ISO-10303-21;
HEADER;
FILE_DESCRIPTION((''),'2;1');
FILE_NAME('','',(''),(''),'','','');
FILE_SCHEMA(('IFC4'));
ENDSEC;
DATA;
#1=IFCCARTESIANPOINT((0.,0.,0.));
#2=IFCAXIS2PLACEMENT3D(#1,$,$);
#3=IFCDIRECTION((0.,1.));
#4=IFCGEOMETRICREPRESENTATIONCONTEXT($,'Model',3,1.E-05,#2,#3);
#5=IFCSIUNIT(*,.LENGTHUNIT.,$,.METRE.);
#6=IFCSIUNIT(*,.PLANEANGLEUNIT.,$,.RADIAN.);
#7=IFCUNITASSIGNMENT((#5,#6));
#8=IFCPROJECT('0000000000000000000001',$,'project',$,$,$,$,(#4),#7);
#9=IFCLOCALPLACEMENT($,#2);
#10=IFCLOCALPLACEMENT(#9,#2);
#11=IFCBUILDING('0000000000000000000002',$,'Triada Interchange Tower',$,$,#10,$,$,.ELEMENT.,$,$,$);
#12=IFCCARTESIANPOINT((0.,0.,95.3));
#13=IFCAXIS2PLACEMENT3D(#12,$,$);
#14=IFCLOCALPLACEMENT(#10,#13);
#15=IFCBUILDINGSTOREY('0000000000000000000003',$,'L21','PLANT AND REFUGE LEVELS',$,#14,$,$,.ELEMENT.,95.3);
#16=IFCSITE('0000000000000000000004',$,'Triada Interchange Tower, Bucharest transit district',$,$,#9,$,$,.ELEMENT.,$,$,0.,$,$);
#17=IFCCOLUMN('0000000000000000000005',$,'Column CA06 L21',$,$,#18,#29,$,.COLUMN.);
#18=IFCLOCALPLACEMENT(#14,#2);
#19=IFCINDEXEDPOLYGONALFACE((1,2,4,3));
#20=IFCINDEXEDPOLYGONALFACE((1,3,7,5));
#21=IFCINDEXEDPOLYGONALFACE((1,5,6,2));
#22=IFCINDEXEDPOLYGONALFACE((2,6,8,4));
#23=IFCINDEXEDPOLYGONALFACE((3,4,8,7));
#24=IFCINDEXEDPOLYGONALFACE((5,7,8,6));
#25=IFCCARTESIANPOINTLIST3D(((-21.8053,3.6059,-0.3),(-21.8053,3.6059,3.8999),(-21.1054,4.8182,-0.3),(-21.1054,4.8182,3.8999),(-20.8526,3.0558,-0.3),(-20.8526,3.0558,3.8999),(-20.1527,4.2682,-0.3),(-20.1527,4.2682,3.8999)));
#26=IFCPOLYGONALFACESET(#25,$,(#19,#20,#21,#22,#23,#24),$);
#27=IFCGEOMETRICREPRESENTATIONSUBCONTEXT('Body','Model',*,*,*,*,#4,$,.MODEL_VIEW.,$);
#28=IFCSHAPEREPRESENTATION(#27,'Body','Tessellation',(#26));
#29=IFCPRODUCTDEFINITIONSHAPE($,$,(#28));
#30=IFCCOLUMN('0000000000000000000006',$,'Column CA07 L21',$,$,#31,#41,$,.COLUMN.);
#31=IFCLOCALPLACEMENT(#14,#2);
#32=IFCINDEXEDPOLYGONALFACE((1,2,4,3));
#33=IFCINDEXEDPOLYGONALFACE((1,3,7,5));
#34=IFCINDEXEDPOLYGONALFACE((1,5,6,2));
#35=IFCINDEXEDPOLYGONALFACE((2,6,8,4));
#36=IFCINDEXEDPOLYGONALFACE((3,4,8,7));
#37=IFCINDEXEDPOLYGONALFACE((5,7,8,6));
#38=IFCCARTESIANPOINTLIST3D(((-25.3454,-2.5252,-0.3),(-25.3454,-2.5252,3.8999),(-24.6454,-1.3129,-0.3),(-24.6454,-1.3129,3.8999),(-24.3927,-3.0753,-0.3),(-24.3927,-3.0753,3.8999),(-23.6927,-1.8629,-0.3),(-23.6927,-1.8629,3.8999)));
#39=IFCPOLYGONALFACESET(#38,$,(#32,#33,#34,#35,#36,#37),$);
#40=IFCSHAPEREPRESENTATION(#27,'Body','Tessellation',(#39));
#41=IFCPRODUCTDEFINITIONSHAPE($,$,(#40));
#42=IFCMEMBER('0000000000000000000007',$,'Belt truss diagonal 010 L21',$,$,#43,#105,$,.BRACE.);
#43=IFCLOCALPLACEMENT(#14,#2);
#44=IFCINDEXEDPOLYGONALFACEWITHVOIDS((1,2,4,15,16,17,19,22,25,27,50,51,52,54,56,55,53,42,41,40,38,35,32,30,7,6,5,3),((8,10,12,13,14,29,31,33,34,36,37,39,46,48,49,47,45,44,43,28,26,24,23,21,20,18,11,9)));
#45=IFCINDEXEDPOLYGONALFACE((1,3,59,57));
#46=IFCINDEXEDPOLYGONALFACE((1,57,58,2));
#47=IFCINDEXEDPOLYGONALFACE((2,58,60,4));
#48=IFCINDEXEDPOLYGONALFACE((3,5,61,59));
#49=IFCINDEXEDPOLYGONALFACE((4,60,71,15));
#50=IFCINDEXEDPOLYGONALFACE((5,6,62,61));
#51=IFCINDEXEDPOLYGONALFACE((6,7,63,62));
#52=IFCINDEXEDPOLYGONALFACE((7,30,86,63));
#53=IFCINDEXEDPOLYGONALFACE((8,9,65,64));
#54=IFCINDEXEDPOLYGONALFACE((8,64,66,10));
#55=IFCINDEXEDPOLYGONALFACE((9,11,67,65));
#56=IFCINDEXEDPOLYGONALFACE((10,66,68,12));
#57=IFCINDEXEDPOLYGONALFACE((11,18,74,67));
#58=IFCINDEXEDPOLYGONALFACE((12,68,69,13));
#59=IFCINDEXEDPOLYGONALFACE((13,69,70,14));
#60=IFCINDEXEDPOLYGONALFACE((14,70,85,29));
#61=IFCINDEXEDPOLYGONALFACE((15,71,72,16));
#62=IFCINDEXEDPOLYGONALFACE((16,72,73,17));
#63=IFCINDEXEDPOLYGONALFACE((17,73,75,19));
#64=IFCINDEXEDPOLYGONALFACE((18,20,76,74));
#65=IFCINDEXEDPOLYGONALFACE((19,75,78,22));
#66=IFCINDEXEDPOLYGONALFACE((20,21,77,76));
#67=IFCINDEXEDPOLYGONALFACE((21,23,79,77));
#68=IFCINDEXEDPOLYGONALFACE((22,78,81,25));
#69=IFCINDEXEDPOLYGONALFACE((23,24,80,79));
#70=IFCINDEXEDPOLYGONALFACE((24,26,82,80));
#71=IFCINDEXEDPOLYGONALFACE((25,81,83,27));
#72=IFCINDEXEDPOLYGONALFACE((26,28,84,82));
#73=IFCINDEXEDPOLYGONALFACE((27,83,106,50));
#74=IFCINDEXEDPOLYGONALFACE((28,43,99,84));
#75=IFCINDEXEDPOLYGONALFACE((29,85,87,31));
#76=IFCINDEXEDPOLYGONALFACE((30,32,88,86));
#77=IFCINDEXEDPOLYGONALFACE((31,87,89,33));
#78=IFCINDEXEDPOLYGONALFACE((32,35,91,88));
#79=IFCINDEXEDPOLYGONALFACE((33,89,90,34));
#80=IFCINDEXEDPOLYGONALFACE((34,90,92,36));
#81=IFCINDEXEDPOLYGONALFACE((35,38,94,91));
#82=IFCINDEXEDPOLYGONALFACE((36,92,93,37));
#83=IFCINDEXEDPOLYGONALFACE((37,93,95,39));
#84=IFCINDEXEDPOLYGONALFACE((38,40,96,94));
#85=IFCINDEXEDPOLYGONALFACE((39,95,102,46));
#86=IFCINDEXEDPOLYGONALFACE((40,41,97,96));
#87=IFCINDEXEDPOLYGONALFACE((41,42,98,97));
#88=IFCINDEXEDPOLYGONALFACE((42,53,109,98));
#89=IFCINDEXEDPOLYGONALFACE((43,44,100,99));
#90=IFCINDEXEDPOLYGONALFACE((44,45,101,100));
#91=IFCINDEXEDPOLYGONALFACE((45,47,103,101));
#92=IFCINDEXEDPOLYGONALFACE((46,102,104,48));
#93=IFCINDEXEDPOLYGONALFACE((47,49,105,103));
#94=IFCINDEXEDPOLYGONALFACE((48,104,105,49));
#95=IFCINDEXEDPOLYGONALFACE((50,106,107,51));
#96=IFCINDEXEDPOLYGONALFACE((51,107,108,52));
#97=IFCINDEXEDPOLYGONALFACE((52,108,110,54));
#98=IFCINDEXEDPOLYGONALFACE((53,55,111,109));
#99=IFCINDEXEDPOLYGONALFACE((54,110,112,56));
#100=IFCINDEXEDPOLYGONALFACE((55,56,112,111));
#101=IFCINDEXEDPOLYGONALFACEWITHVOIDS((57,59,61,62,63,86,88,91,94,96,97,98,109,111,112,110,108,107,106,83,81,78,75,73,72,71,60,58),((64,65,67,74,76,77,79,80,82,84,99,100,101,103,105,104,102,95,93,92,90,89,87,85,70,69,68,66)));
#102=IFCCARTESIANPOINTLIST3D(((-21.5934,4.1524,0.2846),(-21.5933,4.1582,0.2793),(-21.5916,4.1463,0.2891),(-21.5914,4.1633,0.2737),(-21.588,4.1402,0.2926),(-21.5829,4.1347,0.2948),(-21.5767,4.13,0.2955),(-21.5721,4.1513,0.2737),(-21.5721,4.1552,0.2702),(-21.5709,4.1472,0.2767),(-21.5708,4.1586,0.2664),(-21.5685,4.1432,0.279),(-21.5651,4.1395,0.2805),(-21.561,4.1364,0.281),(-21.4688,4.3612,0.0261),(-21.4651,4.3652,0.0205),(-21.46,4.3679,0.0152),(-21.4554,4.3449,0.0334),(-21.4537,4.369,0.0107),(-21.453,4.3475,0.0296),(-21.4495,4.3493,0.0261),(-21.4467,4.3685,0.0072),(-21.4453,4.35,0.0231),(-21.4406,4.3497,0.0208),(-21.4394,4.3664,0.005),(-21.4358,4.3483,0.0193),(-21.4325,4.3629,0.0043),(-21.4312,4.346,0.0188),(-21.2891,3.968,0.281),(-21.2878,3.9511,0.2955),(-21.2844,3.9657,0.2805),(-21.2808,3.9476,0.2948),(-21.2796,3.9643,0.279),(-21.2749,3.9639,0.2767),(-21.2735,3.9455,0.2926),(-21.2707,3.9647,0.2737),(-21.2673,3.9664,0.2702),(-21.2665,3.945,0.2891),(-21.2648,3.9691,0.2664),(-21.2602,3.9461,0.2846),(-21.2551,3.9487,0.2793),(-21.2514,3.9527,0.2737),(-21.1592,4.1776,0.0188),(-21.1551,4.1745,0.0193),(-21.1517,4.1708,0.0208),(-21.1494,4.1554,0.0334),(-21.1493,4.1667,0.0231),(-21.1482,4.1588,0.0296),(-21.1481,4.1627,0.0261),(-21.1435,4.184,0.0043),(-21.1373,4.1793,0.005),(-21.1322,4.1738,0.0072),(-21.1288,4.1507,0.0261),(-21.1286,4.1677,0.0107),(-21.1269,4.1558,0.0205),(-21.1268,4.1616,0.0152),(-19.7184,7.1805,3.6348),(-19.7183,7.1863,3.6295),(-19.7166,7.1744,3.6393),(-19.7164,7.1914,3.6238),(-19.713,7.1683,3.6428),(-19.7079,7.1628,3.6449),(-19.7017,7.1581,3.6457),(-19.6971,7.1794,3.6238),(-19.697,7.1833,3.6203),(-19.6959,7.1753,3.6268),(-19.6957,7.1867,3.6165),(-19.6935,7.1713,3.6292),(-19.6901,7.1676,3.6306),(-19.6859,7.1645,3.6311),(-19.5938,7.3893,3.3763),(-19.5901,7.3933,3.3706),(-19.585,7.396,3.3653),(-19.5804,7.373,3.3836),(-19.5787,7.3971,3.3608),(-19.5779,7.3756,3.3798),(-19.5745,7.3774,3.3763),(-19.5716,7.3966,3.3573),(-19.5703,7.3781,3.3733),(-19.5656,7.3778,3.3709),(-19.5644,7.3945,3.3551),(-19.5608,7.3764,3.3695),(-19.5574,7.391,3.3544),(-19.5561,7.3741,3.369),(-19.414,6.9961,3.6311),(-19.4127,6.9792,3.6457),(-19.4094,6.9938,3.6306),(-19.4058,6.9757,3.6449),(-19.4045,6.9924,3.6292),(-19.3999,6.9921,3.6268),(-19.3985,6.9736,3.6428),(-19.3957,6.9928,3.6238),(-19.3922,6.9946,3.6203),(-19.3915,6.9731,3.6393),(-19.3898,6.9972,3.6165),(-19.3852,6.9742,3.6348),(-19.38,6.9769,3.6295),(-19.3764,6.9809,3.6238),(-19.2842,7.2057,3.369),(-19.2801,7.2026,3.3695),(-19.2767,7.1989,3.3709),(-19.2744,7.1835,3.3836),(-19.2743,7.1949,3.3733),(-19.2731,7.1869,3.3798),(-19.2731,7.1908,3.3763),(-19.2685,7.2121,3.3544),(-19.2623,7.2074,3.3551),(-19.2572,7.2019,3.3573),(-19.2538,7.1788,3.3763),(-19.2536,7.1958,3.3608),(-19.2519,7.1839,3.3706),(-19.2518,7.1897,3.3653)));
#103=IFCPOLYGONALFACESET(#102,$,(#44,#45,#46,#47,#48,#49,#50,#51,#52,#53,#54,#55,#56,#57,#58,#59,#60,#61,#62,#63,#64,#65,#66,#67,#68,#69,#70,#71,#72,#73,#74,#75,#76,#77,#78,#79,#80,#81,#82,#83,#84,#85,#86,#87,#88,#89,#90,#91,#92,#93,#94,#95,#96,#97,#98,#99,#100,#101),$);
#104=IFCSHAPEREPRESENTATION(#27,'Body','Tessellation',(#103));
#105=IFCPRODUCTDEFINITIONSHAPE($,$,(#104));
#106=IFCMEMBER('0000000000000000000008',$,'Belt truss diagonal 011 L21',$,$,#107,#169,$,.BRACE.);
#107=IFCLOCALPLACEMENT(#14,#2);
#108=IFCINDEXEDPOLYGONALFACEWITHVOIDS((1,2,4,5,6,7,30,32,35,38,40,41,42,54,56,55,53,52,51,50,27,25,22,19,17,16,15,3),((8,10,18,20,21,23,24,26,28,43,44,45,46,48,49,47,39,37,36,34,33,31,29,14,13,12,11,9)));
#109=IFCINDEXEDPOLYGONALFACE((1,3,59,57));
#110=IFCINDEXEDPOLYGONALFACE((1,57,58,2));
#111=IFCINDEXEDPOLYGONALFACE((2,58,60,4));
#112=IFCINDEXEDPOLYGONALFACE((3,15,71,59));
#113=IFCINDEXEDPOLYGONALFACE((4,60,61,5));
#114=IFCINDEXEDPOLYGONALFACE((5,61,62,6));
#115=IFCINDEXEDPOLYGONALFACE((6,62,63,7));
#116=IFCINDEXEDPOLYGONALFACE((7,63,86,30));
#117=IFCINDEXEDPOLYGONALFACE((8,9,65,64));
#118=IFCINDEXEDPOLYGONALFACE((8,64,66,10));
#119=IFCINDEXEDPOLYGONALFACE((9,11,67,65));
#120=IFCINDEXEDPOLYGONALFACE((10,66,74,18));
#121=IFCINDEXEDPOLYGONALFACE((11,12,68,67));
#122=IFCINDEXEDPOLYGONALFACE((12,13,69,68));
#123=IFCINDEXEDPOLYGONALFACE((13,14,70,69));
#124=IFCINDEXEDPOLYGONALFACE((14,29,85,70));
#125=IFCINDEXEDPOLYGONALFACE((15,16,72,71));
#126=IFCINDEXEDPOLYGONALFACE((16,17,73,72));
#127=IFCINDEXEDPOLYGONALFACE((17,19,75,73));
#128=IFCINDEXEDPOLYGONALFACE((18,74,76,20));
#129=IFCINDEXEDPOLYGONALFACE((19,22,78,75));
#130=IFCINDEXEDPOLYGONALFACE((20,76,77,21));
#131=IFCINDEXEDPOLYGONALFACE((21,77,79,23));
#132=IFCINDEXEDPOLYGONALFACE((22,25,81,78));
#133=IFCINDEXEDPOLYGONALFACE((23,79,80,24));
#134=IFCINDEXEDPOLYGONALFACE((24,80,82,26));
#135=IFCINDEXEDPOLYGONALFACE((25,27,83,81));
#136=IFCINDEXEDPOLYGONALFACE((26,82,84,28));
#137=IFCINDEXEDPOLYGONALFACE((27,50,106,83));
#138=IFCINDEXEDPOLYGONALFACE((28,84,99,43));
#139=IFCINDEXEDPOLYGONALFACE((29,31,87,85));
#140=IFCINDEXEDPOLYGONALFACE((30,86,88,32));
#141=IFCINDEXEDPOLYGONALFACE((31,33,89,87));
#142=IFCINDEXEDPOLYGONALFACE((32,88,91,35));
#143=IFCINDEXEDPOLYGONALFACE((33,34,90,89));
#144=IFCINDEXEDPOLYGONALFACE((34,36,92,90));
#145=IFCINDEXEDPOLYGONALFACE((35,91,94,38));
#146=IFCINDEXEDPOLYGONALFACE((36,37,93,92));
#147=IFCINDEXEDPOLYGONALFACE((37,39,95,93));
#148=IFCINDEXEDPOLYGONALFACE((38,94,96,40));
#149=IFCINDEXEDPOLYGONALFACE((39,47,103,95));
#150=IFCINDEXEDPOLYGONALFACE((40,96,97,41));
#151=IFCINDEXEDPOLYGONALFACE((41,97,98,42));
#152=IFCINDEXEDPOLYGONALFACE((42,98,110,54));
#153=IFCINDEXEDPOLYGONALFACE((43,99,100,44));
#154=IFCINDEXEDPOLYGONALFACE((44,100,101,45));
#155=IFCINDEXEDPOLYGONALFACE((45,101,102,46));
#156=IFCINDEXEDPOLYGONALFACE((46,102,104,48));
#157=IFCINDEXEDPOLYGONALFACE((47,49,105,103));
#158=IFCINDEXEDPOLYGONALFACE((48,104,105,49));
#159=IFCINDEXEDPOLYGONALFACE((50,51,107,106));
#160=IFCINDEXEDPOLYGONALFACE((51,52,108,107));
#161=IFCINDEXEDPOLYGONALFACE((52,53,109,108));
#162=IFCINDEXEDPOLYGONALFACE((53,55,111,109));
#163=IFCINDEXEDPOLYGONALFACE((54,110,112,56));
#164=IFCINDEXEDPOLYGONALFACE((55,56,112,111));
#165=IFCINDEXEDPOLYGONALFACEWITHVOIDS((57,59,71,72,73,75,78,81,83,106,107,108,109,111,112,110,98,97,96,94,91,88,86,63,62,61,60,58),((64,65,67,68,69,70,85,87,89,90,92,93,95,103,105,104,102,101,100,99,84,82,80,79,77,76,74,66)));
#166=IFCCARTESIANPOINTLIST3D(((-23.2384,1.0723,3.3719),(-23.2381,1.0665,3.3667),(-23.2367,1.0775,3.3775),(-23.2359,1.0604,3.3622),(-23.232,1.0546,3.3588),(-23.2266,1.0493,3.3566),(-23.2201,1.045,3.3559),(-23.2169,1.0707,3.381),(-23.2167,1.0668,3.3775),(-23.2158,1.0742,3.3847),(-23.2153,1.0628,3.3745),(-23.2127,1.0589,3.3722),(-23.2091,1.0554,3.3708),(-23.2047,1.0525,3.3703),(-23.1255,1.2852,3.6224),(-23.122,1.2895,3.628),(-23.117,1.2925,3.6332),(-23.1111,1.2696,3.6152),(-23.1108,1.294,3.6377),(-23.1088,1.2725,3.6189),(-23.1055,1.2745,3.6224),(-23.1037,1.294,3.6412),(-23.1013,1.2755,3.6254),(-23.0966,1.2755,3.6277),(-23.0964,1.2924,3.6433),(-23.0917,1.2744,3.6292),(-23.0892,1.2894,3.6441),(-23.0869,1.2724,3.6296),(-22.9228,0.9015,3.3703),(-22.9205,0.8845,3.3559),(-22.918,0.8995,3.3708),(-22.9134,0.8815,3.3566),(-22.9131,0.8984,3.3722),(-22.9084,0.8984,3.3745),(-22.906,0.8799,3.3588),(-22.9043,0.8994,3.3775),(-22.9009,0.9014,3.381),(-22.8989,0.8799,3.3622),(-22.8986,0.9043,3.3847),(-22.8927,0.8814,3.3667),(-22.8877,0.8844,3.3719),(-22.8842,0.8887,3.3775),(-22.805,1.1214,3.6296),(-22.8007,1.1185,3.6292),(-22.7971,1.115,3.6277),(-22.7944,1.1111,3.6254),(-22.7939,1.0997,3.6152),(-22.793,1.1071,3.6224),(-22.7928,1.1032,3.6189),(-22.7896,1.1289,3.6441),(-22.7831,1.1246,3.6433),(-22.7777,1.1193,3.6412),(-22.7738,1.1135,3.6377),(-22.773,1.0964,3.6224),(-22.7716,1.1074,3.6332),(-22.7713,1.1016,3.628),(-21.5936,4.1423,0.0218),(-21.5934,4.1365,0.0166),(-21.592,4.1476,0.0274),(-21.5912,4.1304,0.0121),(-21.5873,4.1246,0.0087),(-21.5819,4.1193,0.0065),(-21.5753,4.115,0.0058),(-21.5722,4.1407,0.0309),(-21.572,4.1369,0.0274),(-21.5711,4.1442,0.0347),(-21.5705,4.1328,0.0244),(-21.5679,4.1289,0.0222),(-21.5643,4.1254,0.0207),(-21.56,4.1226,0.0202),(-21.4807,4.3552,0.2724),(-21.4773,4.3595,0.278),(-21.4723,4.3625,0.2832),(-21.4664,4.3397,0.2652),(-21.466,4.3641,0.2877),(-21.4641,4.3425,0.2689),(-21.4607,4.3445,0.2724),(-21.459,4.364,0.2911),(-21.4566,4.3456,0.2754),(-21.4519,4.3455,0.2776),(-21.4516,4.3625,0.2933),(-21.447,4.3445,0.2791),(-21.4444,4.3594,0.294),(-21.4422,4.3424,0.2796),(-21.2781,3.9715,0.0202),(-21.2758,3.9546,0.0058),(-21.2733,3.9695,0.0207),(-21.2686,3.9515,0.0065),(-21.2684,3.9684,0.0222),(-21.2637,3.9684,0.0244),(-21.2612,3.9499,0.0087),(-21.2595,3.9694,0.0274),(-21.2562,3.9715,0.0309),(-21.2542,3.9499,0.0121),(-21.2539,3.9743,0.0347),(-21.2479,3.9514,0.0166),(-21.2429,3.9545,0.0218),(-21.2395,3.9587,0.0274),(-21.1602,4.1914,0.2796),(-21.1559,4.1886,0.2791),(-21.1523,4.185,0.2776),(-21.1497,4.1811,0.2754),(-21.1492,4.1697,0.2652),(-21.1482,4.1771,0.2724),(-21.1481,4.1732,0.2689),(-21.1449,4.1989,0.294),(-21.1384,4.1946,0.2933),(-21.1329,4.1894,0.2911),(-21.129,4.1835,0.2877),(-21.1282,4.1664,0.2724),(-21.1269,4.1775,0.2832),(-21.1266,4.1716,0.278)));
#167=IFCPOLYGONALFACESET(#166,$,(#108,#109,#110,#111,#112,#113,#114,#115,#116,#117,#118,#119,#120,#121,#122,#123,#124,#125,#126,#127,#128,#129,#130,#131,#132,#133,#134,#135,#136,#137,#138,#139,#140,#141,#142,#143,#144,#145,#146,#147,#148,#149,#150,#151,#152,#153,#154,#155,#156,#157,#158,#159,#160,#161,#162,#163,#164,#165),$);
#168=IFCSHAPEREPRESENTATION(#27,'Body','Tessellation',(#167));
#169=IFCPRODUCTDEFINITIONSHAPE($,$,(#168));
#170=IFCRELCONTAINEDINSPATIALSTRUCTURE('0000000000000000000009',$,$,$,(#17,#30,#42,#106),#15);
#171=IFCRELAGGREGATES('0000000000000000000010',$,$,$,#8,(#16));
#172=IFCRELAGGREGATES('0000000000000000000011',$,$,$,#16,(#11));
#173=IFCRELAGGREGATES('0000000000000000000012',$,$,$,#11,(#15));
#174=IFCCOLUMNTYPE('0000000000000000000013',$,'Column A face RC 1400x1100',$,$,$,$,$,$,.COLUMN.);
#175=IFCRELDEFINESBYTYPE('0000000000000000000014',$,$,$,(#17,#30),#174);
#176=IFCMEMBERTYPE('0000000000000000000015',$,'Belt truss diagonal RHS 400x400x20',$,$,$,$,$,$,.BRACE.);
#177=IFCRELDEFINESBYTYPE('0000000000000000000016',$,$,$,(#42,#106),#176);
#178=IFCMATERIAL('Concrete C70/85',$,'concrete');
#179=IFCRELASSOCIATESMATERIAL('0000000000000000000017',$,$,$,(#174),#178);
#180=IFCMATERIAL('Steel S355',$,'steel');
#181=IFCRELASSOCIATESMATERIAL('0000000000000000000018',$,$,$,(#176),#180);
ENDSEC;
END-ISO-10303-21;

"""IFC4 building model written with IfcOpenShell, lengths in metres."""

from ifc_helpers import new_model, si_unit, direction, frame, origin, origin_2d, place, context, subcontext, project, spatial, rectangle, hollow_rectangle, extrude, material, material_profile, profile_set, type_object, element, save


model = new_model("IFC4")

# Units and contexts
model_context = context("Model", 3, precision=1e-05, world=origin(), true_north=direction((0.0, 1.0)))
body_context = subcontext(model_context, "Body", "Model", "MODEL_VIEW")
ifc_project = project(units=[si_unit("LENGTHUNIT", "METRE"), si_unit("PLANEANGLEUNIT", "RADIAN")], contexts=[model_context])

# Site, building, storey
site_placement = place(None, origin())
site = spatial("IfcSite", under=ifc_project, at=site_placement, Name="Triada Interchange Tower, Bucharest transit district", CompositionType="ELEMENT", RefElevation=0.0)
building_placement = place(site_placement, origin())
building = spatial("IfcBuilding", under=site, at=building_placement, Name="Triada Interchange Tower", CompositionType="ELEMENT")
storey_placement = place(building_placement, frame((0.0, 0.0, 95.3)))
storey = spatial("IfcBuildingStorey", under=building, at=storey_placement, Name="L21", Description="PLANT AND REFUGE LEVELS", CompositionType="ELEMENT", Elevation=95.3)

# Columns
ifc_material_1 = material(Name="Concrete C70/85", Category="concrete")
ifc_material_profile_1 = material_profile(ifc_material_1, rectangle(XDim=1.3999, YDim=1.1001, at=origin_2d()), Name="RC 1400x1100")
ifc_profile_set_1 = profile_set([ifc_material_profile_1], Name="Concrete C70/85")
column_type = type_object("IfcColumnType", Name="Column A face RC 1400x1100", PredefinedType="COLUMN", material=ifc_profile_set_1)
for number, where, z_axis, x_axis, name in (
    (1, (-20.979, 3.937, -0.3), (0.0, 0.0, 1.0), (0.5, 0.866025, 0.0), "Column CA06 L21"),
    (2, (-24.519, -2.1941, -0.3), (0.0, 0.0, 1.0), (0.5, 0.866025, 0.0), "Column CA07 L21"),
):
    element("IfcColumn", number, at=place(storey_placement, frame(where, z_axis=z_axis, x_axis=x_axis)), inside=storey, type_object=column_type, Name=name, PredefinedType="COLUMN", context=body_context, shape_type="SweptSolid", body=[
        extrude(rectangle(XDim=1.3999, YDim=1.1001, at=origin_2d()), origin(), (0.0, 0.0, 1.0), 4.2),
    ])

# Members
ifc_material_2 = material(Name="Steel S355", Category="steel")
ifc_material_profile_2 = material_profile(ifc_material_2, hollow_rectangle(XDim=0.3999, YDim=0.3999, WallThickness=0.02, InnerFilletRadius=0.02, OuterFilletRadius=0.03, at=origin_2d()), Name="RHS 400x400x20")
ifc_profile_set_2 = profile_set([ifc_material_profile_2], Name="Steel S355")
member_type = type_object("IfcMemberType", Name="Belt truss diagonal RHS 400x400x20", PredefinedType="BRACE", material=ifc_profile_set_2)
member_1_placement = place(storey_placement, frame((-21.3601, 4.157, 0.1499), z_axis=(0.383468, 0.619291, 0.68515), x_axis=(-0.850205, 0.526451, 0.0)))
element("IfcMember", 3, at=member_1_placement, inside=storey, type_object=member_type, Name="Belt truss diagonal 010 L21", PredefinedType="BRACE", context=body_context, shape_type="SweptSolid", body=[
    extrude(hollow_rectangle(XDim=0.3999, YDim=0.3999, WallThickness=0.02, InnerFilletRadius=0.02, OuterFilletRadius=0.03, at=origin_2d()), origin(), (0.0, 0.0, 1.0), 4.8896),
])
member_2_placement = place(storey_placement, frame((-21.3601, 4.157, 0.1499), z_axis=(-0.340352, -0.635287, 0.693233), x_axis=(0.881469, -0.472243, 0.0)))
element("IfcMember", 4, at=member_2_placement, inside=storey, type_object=member_type, Name="Belt truss diagonal 011 L21", PredefinedType="BRACE", context=body_context, shape_type="SweptSolid", body=[
    extrude(hollow_rectangle(XDim=0.3999, YDim=0.3999, WallThickness=0.02, InnerFilletRadius=0.02, OuterFilletRadius=0.03, at=origin_2d()), origin(), (0.0, 0.0, 1.0), 4.8325),
])

save(model, "model.ifc")
